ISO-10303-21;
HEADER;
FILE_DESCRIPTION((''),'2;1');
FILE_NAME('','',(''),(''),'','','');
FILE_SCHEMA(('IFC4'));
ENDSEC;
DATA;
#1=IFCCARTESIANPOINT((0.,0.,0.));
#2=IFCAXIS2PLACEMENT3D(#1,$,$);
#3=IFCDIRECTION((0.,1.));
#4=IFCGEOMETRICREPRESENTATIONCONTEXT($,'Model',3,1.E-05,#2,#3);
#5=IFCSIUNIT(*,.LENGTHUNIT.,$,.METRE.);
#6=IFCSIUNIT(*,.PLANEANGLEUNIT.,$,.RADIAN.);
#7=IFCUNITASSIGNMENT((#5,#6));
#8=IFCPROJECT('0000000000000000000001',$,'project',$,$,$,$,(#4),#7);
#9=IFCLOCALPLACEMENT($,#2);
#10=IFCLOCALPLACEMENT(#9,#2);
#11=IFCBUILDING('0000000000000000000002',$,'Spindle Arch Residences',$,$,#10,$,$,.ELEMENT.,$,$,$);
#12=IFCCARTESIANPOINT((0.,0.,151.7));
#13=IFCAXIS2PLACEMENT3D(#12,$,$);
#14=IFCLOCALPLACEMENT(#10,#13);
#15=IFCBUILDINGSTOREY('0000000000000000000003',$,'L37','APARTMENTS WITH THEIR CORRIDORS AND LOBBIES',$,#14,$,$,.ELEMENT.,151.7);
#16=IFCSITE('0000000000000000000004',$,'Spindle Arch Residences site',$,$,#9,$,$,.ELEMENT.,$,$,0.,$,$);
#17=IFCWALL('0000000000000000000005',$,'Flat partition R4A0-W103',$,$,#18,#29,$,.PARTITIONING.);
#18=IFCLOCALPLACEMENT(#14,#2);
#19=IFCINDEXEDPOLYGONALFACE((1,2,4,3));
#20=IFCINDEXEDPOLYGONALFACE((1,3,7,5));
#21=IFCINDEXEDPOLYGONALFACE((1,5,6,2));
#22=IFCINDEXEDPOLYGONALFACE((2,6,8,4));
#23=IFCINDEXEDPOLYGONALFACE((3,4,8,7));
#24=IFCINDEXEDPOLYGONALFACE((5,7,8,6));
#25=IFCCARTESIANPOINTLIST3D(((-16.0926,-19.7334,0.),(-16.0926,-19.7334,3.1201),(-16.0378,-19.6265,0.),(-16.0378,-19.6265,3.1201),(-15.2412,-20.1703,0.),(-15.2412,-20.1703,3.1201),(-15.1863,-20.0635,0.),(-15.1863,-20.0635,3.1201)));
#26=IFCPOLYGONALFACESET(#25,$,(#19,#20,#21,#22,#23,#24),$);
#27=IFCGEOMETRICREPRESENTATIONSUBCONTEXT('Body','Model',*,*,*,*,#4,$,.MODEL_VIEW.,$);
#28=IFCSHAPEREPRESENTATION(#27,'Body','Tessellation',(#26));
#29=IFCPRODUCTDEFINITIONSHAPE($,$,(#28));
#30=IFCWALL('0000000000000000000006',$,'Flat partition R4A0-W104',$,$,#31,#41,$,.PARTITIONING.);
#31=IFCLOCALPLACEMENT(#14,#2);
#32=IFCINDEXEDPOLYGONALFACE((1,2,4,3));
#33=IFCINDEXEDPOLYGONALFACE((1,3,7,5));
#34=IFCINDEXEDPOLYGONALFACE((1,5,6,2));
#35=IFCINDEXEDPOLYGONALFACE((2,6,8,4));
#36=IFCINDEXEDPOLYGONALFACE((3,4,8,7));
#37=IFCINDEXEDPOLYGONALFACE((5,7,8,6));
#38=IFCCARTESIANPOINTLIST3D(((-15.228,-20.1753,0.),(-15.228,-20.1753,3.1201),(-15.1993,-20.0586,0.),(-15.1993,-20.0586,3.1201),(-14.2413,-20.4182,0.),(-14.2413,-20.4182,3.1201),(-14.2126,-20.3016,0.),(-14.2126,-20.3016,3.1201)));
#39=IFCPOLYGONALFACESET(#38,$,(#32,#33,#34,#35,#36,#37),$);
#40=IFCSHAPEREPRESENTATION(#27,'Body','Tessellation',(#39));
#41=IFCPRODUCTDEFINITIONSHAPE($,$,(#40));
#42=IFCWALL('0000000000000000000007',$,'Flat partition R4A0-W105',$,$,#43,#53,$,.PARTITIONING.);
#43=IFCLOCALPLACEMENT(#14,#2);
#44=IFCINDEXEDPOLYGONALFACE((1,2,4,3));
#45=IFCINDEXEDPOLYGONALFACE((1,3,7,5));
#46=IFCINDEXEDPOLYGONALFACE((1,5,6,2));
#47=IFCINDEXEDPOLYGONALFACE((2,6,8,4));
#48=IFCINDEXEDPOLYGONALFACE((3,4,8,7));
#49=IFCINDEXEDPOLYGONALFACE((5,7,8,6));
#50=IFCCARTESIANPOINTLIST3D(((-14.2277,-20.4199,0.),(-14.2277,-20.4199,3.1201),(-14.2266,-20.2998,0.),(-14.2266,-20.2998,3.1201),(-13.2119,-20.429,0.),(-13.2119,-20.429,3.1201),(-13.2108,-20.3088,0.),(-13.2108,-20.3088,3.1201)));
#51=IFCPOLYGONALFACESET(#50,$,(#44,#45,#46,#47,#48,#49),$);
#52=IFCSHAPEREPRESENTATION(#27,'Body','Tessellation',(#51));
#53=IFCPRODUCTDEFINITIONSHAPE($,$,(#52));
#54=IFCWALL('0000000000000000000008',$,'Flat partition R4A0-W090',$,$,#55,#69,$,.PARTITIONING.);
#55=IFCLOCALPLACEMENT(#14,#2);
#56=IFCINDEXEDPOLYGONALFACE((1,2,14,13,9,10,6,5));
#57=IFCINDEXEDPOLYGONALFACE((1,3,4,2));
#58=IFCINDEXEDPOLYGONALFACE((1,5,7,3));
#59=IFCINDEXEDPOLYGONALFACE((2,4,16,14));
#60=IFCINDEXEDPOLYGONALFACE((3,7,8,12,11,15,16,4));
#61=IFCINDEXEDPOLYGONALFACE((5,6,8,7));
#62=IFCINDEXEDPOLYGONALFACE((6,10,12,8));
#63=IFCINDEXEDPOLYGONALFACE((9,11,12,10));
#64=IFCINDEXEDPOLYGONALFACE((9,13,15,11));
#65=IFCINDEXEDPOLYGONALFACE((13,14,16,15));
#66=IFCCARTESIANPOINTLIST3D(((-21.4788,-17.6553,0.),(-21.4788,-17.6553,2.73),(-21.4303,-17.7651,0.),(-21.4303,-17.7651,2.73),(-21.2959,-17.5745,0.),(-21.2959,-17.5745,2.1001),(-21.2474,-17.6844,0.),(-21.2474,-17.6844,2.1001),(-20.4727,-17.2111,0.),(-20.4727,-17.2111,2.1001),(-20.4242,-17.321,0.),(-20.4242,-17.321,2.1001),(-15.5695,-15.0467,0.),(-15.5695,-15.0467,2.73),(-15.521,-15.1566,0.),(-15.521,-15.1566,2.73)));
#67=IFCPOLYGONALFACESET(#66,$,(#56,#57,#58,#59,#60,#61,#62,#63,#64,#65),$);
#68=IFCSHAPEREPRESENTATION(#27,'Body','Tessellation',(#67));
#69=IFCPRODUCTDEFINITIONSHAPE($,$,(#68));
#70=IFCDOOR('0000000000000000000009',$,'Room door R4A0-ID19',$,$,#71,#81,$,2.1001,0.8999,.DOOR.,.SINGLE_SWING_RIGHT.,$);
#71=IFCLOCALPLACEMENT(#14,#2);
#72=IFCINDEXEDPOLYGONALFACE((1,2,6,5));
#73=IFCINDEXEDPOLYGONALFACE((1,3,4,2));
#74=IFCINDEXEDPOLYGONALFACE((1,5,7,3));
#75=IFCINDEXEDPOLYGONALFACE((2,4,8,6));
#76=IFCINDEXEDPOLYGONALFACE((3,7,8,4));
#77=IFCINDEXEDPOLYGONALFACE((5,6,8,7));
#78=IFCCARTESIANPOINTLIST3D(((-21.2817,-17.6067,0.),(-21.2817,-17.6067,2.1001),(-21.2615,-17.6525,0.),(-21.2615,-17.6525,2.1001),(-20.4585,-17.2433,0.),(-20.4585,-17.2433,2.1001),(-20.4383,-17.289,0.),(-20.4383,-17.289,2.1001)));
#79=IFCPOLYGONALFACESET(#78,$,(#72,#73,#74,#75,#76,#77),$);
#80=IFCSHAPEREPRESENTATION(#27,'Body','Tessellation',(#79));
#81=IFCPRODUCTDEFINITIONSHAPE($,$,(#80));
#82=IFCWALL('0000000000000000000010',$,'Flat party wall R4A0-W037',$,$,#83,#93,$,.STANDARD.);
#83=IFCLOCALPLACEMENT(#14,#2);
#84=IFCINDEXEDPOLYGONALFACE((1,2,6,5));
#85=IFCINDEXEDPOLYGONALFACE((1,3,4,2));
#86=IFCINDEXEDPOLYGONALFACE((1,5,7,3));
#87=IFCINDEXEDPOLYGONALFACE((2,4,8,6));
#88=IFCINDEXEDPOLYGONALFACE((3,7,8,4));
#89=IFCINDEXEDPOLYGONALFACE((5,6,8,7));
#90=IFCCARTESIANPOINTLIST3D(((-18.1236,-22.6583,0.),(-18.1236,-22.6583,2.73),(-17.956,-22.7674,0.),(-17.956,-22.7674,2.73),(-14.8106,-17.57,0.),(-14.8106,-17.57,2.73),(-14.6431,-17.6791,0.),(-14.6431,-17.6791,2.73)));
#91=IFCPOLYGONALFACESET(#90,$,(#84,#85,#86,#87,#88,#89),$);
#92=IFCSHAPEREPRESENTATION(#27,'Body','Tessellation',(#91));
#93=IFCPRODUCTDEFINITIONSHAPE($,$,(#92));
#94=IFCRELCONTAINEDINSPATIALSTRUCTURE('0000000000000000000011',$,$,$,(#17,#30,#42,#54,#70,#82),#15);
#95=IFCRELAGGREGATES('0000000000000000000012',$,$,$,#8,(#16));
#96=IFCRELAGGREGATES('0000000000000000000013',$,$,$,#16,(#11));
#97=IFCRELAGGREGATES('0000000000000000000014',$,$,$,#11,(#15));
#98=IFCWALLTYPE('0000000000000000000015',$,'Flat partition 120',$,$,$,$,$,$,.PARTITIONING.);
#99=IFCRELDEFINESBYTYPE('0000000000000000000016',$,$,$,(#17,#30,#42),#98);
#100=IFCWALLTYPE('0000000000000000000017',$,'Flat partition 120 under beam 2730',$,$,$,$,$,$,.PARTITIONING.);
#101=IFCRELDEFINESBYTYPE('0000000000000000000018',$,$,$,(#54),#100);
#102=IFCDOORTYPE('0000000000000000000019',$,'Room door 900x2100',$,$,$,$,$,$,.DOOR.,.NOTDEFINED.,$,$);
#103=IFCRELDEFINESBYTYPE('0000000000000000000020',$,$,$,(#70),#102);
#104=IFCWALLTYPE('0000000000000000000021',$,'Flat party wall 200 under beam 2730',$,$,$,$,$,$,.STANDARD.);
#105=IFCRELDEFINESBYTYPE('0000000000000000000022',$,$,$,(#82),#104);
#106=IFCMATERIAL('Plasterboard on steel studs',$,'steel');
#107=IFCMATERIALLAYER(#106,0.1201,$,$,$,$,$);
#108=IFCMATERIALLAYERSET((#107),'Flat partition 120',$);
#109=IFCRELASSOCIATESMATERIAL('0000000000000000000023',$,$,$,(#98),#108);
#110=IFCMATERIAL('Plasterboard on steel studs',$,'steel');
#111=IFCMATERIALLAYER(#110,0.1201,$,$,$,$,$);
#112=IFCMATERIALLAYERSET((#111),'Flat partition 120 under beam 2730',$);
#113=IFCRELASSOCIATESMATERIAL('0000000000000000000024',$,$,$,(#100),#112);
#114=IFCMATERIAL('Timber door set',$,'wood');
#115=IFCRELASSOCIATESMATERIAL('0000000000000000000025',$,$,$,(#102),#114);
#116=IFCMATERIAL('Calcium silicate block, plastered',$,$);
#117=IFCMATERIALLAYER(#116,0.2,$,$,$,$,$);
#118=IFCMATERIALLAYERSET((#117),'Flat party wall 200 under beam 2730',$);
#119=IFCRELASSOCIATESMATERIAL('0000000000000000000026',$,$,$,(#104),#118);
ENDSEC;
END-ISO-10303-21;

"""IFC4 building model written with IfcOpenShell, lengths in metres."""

from ifc_helpers import new_model, si_unit, direction, frame, frame_2d, origin, place, context, subcontext, project, spatial, rectangle, extrude, material, layer, layer_set, type_object, element, fill, save


model = new_model("IFC4")

# Units and contexts
model_context = context("Model", 3, precision=1e-05, world=origin(), true_north=direction((0.0, 1.0)))
body_context = subcontext(model_context, "Body", "Model", "MODEL_VIEW")
ifc_project = project(units=[si_unit("LENGTHUNIT", "METRE"), si_unit("PLANEANGLEUNIT", "RADIAN")], contexts=[model_context])

# Site, building, storey
site_placement = place(None, origin())
site = spatial("IfcSite", under=ifc_project, at=site_placement, Name="Spindle Arch Residences site", CompositionType="ELEMENT", RefElevation=0.0)
building_placement = place(site_placement, origin())
building = spatial("IfcBuilding", under=site, at=building_placement, Name="Spindle Arch Residences", CompositionType="ELEMENT")
storey_placement = place(building_placement, frame((0.0, 0.0, 151.7)))
storey = spatial("IfcBuildingStorey", under=building, at=storey_placement, Name="L37", Description="APARTMENTS WITH THEIR CORRIDORS AND LOBBIES", CompositionType="ELEMENT", Elevation=151.7)

# Walls
ifc_material_1 = material(Name="Plasterboard on steel studs", Category="steel")
ifc_layer_1 = layer(ifc_material_1, 0.1201)
ifc_layer_set_1 = layer_set([ifc_layer_1], Name="Flat partition 120")
wall_type_1 = type_object("IfcWallType", Name="Flat partition 120", PredefinedType="PARTITIONING", material=ifc_layer_set_1)
wall_1_placement = place(storey_placement, frame((-16.0652, -19.6799, 0.0), z_axis=(0.0, 0.0, 1.0), x_axis=(0.889685, -0.456576, 0.0)))
element("IfcWall", 1, at=wall_1_placement, inside=storey, type_object=wall_type_1, Name="Flat partition R4A0-W103", PredefinedType="PARTITIONING", context=body_context, shape_type="SweptSolid", body=[
    extrude(rectangle(XDim=0.957, YDim=0.1201, at=frame_2d((0.4785, 0.0))), origin(), (0.0, 0.0, 1.0), 3.1201),
])
wall_2_placement = place(storey_placement, frame((-15.2136, -20.1169, 0.0), z_axis=(0.0, 0.0, 1.0), x_axis=(0.970999, -0.239085, 0.0)))
element("IfcWall", 2, at=wall_2_placement, inside=storey, type_object=wall_type_1, Name="Flat partition R4A0-W104", PredefinedType="PARTITIONING", context=body_context, shape_type="SweptSolid", body=[
    extrude(rectangle(XDim=1.0161, YDim=0.1201, at=frame_2d((0.5081, 0.0))), origin(), (0.0, 0.0, 1.0), 3.1201),
])
wall_3_placement = place(storey_placement, frame((-14.2271, -20.3599, 0.0), z_axis=(0.0, 0.0, 1.0), x_axis=(0.99996, -0.008892, 0.0)))
element("IfcWall", 3, at=wall_3_placement, inside=storey, type_object=wall_type_1, Name="Flat partition R4A0-W105", PredefinedType="PARTITIONING", context=body_context, shape_type="SweptSolid", body=[
    extrude(rectangle(XDim=1.0159, YDim=0.1201, at=frame_2d((0.5078, 0.0))), origin(), (0.0, 0.0, 1.0), 3.1201),
])

# Wall, opening, door
ifc_material_2 = material(Name="Plasterboard on steel studs", Category="steel")
ifc_layer_2 = layer(ifc_material_2, 0.1201)
ifc_layer_set_2 = layer_set([ifc_layer_2], Name="Flat partition 120 under beam 2730")
wall_type_2 = type_object("IfcWallType", Name="Flat partition 120 under beam 2730", PredefinedType="PARTITIONING", material=ifc_layer_set_2)
wall_4_placement = place(storey_placement, frame((-21.4546, -17.7102, 0.0), z_axis=(0.0, 0.0, 1.0), x_axis=(0.91483, 0.40384, 0.0)))
wall_4 = element("IfcWall", 4, at=wall_4_placement, inside=storey, type_object=wall_type_2, Name="Flat partition R4A0-W090", PredefinedType="PARTITIONING", context=body_context, shape_type="SweptSolid", body=[
    extrude(rectangle(XDim=6.4595, YDim=0.1201, at=frame_2d((3.2297, 0.0))), origin(), (0.0, 0.0, 1.0), 2.73),
])
opening_placement = place(wall_4_placement, frame((0.2, 0.0, 0.0)))
opening = element("IfcOpeningElement", 5, at=opening_placement, cuts=wall_4, PredefinedType="OPENING", context=body_context, shape_type="SweptSolid", body=[
    extrude(rectangle(XDim=0.8999, YDim=2.1001, at=frame_2d((0.45, 1.05))), frame((0.0, 0.0701, 0.0), z_axis=(0.0, -1.0, 0.0), x_axis=(1.0, 0.0, 0.0)), (0.0, 0.0, 1.0), 0.1401),
])
ifc_material_3 = material(Name="Timber door set", Category="wood")
door_type = type_object("IfcDoorType", Name="Room door 900x2100", OperationType="NOTDEFINED", PredefinedType="DOOR", material=ifc_material_3)
door_placement = place(opening_placement, origin())
door = element("IfcDoor", 6, at=door_placement, inside=storey, type_object=door_type, Name="Room door R4A0-ID19", OperationType="SINGLE_SWING_RIGHT", OverallHeight=2.1001, OverallWidth=0.8999, PredefinedType="DOOR", context=body_context, shape_type="SweptSolid", body=[
    extrude(rectangle(XDim=0.8999, YDim=2.1001, at=frame_2d((0.45, 1.05))), frame((0.0, 0.0249, 0.0), z_axis=(0.0, -1.0, 0.0), x_axis=(1.0, 0.0, 0.0)), (0.0, 0.0, 1.0), 0.05),
])
fill(opening, door)

# Wall
ifc_material_4 = material(Name="Calcium silicate block, plastered")
ifc_layer_3 = layer(ifc_material_4, 0.2)
ifc_layer_set_3 = layer_set([ifc_layer_3], Name="Flat party wall 200 under beam 2730")
wall_type_3 = type_object("IfcWallType", Name="Flat party wall 200 under beam 2730", PredefinedType="STANDARD", material=ifc_layer_set_3)
wall_5_placement = place(storey_placement, frame((-18.0398, -22.7129, 0.0), z_axis=(0.0, 0.0, 1.0), x_axis=(0.54563, 0.838026, 0.0)))
element("IfcWall", 7, at=wall_5_placement, inside=storey, type_object=wall_type_3, Name="Flat party wall R4A0-W037", PredefinedType="STANDARD", context=body_context, shape_type="SweptSolid", body=[
    extrude(rectangle(XDim=6.0718, YDim=0.2, at=frame_2d((3.0359, 0.0))), origin(), (0.0, 0.0, 1.0), 2.73),
])

save(model, "model.ifc")
